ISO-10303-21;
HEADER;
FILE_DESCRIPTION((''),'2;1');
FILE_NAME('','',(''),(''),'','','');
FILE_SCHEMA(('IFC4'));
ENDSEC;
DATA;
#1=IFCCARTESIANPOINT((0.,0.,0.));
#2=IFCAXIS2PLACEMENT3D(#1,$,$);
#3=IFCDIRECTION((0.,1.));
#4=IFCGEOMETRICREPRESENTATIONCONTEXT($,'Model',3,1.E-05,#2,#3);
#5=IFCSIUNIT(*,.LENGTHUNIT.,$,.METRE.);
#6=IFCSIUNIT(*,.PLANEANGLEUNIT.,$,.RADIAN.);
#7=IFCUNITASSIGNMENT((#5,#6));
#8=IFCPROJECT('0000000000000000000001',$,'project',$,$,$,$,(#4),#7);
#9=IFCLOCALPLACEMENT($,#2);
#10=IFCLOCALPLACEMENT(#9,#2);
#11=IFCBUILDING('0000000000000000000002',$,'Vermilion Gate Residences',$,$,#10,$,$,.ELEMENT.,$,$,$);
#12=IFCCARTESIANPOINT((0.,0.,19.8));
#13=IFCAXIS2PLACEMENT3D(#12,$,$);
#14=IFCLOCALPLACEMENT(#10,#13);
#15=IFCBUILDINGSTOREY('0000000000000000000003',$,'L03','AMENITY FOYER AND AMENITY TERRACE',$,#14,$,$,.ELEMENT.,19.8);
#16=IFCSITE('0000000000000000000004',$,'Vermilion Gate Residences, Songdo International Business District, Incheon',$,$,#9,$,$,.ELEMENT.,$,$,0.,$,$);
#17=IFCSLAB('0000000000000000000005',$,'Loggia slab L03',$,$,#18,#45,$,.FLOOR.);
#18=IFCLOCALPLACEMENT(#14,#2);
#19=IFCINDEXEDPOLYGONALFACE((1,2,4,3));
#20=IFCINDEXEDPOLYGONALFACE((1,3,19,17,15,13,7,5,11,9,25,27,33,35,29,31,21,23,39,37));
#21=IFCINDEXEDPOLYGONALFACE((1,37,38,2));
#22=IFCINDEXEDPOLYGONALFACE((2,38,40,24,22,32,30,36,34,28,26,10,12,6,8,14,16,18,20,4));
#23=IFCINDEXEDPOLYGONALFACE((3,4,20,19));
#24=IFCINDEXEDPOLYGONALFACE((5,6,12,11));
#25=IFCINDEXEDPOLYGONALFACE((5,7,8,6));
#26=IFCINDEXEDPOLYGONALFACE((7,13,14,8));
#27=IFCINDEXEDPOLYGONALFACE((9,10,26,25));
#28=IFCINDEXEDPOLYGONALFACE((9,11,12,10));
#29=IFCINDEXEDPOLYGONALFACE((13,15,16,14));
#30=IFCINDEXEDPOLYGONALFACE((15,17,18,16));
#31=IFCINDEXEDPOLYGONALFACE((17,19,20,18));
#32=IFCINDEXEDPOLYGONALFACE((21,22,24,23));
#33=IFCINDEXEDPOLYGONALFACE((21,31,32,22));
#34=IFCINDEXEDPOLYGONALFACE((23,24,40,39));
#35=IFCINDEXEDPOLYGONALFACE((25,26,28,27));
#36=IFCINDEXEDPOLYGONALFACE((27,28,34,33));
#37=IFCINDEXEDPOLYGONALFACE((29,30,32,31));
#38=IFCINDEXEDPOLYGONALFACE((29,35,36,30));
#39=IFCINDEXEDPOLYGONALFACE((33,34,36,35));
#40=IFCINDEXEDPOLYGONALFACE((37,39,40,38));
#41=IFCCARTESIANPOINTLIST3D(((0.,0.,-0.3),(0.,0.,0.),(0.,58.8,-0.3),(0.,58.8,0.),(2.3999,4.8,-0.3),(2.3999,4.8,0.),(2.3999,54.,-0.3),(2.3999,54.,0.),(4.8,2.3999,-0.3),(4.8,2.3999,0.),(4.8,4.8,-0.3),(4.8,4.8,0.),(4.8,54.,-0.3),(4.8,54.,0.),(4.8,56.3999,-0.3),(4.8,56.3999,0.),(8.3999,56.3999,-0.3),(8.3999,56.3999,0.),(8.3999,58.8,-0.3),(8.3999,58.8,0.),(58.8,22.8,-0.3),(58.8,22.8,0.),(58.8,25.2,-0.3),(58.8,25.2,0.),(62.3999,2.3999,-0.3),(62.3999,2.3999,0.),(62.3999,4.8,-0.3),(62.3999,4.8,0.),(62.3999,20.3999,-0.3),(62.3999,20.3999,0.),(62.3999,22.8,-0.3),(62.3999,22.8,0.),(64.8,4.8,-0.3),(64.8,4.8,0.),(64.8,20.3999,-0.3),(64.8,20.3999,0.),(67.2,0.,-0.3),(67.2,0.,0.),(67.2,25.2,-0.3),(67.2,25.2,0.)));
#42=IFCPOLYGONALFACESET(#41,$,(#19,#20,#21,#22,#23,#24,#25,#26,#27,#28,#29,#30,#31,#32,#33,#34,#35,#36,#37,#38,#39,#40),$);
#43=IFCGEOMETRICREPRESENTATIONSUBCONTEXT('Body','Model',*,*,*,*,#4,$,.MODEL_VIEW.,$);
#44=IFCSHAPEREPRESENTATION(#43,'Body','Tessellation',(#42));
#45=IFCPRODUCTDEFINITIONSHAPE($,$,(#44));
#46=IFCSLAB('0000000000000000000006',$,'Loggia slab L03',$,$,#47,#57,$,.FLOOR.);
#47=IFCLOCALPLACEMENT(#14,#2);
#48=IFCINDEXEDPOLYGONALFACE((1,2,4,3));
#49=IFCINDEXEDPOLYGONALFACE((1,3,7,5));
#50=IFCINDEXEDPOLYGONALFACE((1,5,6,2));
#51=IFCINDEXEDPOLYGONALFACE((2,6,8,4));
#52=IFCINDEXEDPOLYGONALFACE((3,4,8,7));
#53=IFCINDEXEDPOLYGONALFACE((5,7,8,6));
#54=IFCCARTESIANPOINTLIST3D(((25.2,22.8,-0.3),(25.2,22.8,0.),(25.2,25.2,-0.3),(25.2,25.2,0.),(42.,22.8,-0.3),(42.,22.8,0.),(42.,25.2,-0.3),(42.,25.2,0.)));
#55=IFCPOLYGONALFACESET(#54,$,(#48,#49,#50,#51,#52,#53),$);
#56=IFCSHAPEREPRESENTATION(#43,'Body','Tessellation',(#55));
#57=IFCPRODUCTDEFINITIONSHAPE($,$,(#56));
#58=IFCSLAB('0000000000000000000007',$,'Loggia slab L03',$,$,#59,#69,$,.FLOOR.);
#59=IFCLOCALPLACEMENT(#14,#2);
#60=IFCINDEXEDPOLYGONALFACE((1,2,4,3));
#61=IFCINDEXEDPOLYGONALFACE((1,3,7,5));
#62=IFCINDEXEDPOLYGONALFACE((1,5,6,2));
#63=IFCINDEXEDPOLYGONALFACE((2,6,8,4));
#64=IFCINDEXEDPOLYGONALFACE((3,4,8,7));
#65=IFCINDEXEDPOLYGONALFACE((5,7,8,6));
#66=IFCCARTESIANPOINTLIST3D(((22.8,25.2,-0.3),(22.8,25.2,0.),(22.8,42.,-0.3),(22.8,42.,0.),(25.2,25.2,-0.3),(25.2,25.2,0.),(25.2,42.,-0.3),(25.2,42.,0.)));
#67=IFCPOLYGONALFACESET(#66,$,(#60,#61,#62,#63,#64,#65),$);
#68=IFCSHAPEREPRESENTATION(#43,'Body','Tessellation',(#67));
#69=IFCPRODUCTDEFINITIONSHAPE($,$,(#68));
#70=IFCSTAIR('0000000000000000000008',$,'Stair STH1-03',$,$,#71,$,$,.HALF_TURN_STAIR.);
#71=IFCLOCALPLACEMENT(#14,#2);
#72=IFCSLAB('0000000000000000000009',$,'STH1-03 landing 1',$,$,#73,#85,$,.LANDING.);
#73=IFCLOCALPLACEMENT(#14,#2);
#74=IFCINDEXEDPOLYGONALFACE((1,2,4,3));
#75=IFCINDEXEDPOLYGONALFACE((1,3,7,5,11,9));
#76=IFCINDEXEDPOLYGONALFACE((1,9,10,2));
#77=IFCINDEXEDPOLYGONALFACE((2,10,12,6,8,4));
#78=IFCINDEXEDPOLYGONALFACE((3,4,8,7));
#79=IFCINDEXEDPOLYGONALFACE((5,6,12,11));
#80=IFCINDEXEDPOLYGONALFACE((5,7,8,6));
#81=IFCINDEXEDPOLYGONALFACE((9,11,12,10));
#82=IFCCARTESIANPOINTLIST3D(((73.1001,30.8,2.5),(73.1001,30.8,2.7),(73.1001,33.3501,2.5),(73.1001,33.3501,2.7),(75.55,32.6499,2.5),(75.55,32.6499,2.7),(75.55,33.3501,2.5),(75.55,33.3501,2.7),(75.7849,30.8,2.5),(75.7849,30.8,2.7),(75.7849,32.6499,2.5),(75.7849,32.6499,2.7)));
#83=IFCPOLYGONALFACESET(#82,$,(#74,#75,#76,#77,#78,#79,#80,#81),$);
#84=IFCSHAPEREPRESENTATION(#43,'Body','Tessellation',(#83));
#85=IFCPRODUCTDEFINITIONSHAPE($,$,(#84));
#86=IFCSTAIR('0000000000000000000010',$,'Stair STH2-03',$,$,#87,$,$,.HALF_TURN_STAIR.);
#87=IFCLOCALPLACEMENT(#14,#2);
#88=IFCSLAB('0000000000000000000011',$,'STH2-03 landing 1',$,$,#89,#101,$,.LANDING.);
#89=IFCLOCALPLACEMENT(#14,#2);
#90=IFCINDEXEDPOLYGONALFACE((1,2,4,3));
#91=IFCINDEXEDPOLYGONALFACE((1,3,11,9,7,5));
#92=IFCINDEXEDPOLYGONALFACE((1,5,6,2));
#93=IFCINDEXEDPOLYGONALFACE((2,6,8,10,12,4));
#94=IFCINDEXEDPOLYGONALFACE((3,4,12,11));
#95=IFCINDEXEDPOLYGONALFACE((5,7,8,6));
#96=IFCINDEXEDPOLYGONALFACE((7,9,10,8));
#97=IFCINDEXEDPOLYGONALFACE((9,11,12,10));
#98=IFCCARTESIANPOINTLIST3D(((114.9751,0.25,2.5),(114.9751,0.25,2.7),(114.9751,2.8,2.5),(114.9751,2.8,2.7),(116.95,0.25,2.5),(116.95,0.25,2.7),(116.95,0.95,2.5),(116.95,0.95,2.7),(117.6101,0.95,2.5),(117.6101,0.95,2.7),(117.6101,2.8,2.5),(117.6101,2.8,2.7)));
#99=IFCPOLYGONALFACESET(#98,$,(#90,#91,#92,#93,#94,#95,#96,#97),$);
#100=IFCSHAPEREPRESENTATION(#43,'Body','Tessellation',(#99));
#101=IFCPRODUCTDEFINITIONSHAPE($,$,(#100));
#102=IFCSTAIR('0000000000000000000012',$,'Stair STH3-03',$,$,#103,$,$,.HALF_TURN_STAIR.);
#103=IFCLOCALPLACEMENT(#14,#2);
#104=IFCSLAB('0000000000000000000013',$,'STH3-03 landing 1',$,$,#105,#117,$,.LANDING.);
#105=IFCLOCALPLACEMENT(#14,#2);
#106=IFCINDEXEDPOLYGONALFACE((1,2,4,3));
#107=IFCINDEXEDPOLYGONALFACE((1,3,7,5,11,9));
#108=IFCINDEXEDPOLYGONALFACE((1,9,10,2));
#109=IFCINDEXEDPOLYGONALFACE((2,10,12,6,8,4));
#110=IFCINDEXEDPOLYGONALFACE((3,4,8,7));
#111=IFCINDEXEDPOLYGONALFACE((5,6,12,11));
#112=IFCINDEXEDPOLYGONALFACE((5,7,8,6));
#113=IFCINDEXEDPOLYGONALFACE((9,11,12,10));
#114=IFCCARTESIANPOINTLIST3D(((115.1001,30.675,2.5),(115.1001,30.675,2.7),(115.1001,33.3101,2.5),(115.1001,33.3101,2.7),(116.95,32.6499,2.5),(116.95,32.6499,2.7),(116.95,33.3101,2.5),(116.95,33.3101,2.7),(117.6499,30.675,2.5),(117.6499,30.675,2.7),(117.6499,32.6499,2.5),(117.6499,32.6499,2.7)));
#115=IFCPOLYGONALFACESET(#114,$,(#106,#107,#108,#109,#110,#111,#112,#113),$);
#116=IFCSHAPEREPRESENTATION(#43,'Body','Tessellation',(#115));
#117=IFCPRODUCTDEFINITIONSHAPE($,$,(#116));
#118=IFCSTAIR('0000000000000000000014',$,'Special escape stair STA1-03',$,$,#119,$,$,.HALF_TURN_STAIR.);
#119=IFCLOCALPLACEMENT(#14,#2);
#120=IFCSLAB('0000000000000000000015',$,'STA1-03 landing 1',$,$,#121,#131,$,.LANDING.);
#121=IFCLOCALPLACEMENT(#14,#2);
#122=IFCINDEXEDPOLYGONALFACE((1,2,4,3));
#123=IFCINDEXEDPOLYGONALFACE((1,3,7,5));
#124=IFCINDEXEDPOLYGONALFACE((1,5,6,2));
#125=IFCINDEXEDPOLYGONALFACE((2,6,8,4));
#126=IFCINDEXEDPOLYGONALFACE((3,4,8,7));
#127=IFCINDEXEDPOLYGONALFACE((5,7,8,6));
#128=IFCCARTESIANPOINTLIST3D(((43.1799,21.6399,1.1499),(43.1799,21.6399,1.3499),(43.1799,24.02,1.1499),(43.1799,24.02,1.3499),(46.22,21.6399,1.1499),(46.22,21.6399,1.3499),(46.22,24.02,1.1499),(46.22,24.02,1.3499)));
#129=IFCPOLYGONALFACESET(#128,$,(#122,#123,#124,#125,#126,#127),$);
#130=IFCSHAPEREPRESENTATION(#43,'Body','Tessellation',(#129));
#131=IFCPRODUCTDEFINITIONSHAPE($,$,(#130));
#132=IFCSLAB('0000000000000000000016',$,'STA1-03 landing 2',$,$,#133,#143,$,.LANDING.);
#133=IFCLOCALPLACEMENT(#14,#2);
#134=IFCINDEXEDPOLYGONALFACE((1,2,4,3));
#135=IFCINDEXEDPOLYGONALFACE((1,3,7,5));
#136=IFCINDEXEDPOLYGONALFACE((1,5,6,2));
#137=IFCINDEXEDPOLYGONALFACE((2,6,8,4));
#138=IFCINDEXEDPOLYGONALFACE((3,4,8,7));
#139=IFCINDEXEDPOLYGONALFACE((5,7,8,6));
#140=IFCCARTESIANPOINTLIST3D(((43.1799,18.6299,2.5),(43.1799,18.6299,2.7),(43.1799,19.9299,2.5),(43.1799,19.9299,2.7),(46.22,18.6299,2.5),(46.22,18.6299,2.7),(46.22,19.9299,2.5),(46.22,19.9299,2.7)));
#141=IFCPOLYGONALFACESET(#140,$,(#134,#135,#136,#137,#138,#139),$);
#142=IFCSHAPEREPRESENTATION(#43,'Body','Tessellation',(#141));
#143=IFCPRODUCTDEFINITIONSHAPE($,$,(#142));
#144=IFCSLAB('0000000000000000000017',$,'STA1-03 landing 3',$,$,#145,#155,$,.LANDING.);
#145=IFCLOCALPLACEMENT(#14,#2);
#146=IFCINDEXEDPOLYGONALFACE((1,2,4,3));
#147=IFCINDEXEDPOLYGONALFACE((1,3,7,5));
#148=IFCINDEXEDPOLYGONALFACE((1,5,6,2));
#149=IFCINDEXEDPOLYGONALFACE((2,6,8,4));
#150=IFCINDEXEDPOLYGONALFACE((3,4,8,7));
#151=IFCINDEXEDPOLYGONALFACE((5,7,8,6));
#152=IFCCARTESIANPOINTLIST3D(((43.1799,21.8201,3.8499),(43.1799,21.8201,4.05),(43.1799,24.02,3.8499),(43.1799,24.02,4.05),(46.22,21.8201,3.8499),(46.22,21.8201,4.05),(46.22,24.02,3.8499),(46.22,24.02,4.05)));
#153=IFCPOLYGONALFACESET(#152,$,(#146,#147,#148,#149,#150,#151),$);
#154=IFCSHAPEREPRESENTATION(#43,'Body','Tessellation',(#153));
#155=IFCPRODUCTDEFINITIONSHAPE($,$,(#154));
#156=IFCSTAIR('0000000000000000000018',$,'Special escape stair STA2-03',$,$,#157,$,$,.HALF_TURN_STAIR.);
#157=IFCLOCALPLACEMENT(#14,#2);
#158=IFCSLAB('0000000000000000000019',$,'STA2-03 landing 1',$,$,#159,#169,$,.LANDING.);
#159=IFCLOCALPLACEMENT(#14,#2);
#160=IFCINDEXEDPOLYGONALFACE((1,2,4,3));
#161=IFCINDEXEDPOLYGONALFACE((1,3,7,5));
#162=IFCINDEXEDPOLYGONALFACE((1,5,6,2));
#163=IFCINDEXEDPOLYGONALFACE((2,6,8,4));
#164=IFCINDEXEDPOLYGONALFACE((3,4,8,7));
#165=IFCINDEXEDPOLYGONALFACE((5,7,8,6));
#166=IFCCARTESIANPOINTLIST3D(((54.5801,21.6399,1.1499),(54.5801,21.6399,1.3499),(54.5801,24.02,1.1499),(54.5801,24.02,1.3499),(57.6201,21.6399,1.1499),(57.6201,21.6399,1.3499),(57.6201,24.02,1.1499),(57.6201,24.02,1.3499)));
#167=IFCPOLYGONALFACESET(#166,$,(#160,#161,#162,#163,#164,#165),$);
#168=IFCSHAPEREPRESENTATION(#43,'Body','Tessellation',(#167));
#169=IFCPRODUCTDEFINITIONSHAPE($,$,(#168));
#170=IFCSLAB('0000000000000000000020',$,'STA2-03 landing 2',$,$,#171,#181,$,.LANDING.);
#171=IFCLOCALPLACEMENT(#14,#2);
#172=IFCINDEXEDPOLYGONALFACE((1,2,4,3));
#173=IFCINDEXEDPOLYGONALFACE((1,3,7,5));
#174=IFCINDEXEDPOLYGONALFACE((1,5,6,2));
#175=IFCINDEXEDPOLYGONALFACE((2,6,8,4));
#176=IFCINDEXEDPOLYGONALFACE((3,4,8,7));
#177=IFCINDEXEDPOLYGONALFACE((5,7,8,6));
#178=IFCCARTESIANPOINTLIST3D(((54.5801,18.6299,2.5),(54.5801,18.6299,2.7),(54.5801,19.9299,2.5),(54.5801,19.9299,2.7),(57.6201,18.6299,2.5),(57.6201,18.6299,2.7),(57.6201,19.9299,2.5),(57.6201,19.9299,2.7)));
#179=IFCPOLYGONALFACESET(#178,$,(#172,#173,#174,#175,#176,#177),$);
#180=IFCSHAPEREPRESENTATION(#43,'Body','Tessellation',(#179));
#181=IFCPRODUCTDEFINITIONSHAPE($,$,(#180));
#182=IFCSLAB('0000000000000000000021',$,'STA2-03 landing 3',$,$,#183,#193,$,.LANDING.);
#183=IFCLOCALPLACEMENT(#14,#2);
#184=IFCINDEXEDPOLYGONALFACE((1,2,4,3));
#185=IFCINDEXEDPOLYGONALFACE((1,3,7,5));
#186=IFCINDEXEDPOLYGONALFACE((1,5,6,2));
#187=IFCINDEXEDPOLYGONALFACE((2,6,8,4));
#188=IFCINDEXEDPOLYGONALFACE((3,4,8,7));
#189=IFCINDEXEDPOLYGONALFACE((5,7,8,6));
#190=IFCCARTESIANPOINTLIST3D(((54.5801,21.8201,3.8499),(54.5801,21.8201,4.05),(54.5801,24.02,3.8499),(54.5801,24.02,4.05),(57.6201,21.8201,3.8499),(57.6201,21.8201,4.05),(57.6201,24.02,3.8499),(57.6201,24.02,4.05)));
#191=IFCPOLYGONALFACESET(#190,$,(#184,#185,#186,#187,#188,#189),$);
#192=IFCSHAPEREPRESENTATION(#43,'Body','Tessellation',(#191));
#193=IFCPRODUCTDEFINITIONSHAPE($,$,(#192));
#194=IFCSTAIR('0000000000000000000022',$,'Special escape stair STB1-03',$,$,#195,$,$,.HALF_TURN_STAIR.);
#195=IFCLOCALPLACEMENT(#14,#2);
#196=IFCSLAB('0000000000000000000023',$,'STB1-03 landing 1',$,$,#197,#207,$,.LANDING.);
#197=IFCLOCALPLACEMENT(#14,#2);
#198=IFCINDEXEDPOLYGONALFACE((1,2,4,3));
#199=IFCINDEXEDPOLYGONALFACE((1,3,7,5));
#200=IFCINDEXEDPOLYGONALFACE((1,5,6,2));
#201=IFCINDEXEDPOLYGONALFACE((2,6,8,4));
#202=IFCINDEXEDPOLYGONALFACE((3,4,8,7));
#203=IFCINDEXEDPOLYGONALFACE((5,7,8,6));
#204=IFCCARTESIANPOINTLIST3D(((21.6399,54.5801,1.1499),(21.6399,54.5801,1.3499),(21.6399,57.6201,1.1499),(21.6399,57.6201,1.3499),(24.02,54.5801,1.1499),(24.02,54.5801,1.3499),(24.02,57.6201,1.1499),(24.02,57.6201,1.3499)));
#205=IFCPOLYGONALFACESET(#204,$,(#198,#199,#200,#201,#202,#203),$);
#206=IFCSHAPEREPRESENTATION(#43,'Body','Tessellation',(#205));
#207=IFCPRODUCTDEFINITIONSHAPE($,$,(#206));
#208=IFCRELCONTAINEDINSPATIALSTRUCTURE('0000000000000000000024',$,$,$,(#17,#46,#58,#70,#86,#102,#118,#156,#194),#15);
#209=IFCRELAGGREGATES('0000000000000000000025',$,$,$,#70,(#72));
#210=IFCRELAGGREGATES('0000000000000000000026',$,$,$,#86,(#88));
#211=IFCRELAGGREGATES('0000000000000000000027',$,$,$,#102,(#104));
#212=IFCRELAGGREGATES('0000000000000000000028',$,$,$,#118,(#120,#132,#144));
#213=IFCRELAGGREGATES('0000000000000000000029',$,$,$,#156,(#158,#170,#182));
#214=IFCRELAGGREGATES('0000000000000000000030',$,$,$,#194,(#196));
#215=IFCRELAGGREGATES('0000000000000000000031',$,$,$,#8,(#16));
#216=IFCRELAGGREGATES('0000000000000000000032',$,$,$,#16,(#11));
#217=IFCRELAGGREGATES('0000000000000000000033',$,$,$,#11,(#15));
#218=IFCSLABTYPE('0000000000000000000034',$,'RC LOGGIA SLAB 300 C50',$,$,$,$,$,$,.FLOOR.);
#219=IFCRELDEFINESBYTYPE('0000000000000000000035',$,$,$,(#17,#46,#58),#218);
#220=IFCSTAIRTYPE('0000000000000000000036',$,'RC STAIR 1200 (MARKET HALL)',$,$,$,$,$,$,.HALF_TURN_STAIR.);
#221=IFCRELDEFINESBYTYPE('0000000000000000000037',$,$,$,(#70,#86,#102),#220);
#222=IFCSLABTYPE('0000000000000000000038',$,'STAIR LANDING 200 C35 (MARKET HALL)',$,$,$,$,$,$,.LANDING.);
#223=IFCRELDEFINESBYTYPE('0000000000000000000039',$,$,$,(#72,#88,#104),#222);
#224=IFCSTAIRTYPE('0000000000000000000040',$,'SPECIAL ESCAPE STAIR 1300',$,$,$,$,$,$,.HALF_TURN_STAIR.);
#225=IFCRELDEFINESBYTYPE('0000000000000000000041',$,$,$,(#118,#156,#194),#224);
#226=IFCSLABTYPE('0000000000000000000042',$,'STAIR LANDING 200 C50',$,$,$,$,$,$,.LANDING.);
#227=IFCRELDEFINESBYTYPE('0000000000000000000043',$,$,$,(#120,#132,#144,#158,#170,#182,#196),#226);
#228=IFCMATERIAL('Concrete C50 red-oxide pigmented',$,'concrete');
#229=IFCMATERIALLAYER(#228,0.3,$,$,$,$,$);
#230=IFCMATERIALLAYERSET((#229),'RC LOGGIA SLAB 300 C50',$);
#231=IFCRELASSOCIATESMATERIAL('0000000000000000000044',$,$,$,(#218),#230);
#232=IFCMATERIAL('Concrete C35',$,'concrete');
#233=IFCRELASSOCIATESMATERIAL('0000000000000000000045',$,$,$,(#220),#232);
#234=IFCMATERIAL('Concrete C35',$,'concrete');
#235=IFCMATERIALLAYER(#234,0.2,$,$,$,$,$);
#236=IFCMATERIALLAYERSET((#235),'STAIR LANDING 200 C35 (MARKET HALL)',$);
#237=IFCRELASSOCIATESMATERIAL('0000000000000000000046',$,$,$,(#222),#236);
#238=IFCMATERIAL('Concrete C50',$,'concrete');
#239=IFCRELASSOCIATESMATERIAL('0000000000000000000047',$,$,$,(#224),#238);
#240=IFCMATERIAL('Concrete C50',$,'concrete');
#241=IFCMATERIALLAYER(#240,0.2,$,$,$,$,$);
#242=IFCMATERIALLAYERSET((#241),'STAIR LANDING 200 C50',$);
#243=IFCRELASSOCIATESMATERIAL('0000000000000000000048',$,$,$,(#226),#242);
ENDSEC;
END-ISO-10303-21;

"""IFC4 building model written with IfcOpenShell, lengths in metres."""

from ifc_helpers import new_model, si_unit, direction, frame, origin, place, context, subcontext, project, spatial, polyline, outline, extrude, material, layer, layer_set, type_object, element, aggregate, save


model = new_model("IFC4")

# Units and contexts
model_context = context("Model", 3, precision=1e-05, world=origin(), true_north=direction((0.0, 1.0)))
body_context = subcontext(model_context, "Body", "Model", "MODEL_VIEW")
ifc_project = project(units=[si_unit("LENGTHUNIT", "METRE"), si_unit("PLANEANGLEUNIT", "RADIAN")], contexts=[model_context])

# Site, building, storey
site_placement = place(None, origin())
site = spatial("IfcSite", under=ifc_project, at=site_placement, Name="Vermilion Gate Residences, Songdo International Business District, Incheon", CompositionType="ELEMENT", RefElevation=0.0)
building_placement = place(site_placement, origin())
building = spatial("IfcBuilding", under=site, at=building_placement, Name="Vermilion Gate Residences", CompositionType="ELEMENT")
storey_placement = place(building_placement, frame((0.0, 0.0, 19.8)))
storey = spatial("IfcBuildingStorey", under=building, at=storey_placement, Name="L03", Description="AMENITY FOYER AND AMENITY TERRACE", CompositionType="ELEMENT", Elevation=19.8)

# Slabs
ifc_material_1 = material(Name="Concrete C50 red-oxide pigmented", Category="concrete")
ifc_layer_1 = layer(ifc_material_1, 0.3)
ifc_layer_set_1 = layer_set([ifc_layer_1], Name="RC LOGGIA SLAB 300 C50")
slab_type_1 = type_object("IfcSlabType", Name="RC LOGGIA SLAB 300 C50", PredefinedType="FLOOR", material=ifc_layer_set_1)
slab_1_placement = place(storey_placement, frame((0.0, 0.0, -0.3)))
element("IfcSlab", 1, at=slab_1_placement, inside=storey, type_object=slab_type_1, Name="Loggia slab L03", PredefinedType="FLOOR", context=body_context, shape_type="SweptSolid", body=[
    extrude(outline(polyline([(0.0, 58.8), (0.0, 0.0), (67.2, 0.0), (67.2, 25.2), (58.8, 25.2), (58.8, 22.8), (62.3999, 22.8), (62.3999, 20.3999), (64.8, 20.3999), (64.8, 4.8), (62.3999, 4.8), (62.3999, 2.3999), (4.8, 2.3999), (4.8, 4.8), (2.3999, 4.8), (2.3999, 54.0), (4.8, 54.0), (4.8, 56.3999), (8.3999, 56.3999), (8.3999, 58.8), (0.0, 58.8)])), origin(), (0.0, 0.0, 1.0), 0.3),
])
slab_2_placement = place(storey_placement, frame((0.0, 0.0, -0.3)))
element("IfcSlab", 2, at=slab_2_placement, inside=storey, type_object=slab_type_1, Name="Loggia slab L03", PredefinedType="FLOOR", context=body_context, shape_type="SweptSolid", body=[
    extrude(outline(polyline([(25.2, 22.8), (42.0, 22.8), (42.0, 25.2), (25.2, 25.2), (25.2, 22.8)])), origin(), (0.0, 0.0, 1.0), 0.3),
])
slab_3_placement = place(storey_placement, frame((0.0, 0.0, -0.3)))
element("IfcSlab", 3, at=slab_3_placement, inside=storey, type_object=slab_type_1, Name="Loggia slab L03", PredefinedType="FLOOR", context=body_context, shape_type="SweptSolid", body=[
    extrude(outline(polyline([(22.8, 42.0), (22.8, 25.2), (25.2, 25.2), (25.2, 42.0), (22.8, 42.0)])), origin(), (0.0, 0.0, 1.0), 0.3),
])

# Stairs, slabs
ifc_material_2 = material(Name="Concrete C35", Category="concrete")
stair_type_1 = type_object("IfcStairType", Name="RC STAIR 1200 (MARKET HALL)", PredefinedType="HALF_TURN_STAIR", material=ifc_material_2)
stair_1_placement = place(storey_placement, origin())
stair_1 = element("IfcStair", 4, at=stair_1_placement, inside=storey, type_object=stair_type_1, Name="Stair STH1-03", PredefinedType="HALF_TURN_STAIR")
ifc_material_3 = material(Name="Concrete C35", Category="concrete")
ifc_layer_2 = layer(ifc_material_3, 0.2)
ifc_layer_set_2 = layer_set([ifc_layer_2], Name="STAIR LANDING 200 C35 (MARKET HALL)")
slab_type_2 = type_object("IfcSlabType", Name="STAIR LANDING 200 C35 (MARKET HALL)", PredefinedType="LANDING", material=ifc_layer_set_2)
slab_4_placement = place(storey_placement, frame((0.0, 0.0, 2.5)))
slab_4 = element("IfcSlab", 5, at=slab_4_placement, type_object=slab_type_2, Name="STH1-03 landing 1", PredefinedType="LANDING", context=body_context, shape_type="SweptSolid", body=[
    extrude(outline(polyline([(75.55, 33.3501), (73.1001, 33.3501), (73.1001, 30.8), (75.7849, 30.8), (75.7849, 32.6499), (75.55, 32.6499), (75.55, 33.3501)])), origin(), (0.0, 0.0, 1.0), 0.2),
])
aggregate(stair_1, [slab_4])
stair_2_placement = place(storey_placement, origin())
stair_2 = element("IfcStair", 6, at=stair_2_placement, inside=storey, type_object=stair_type_1, Name="Stair STH2-03", PredefinedType="HALF_TURN_STAIR")
slab_5_placement = place(storey_placement, frame((0.0, 0.0, 2.5)))
slab_5 = element("IfcSlab", 7, at=slab_5_placement, type_object=slab_type_2, Name="STH2-03 landing 1", PredefinedType="LANDING", context=body_context, shape_type="SweptSolid", body=[
    extrude(outline(polyline([(114.9751, 0.25), (116.95, 0.25), (116.95, 0.95), (117.6101, 0.95), (117.6101, 2.8), (114.9751, 2.8), (114.9751, 0.25)])), origin(), (0.0, 0.0, 1.0), 0.2),
])
aggregate(stair_2, [slab_5])
stair_3_placement = place(storey_placement, origin())
stair_3 = element("IfcStair", 8, at=stair_3_placement, inside=storey, type_object=stair_type_1, Name="Stair STH3-03", PredefinedType="HALF_TURN_STAIR")
slab_6_placement = place(storey_placement, frame((0.0, 0.0, 2.5)))
slab_6 = element("IfcSlab", 9, at=slab_6_placement, type_object=slab_type_2, Name="STH3-03 landing 1", PredefinedType="LANDING", context=body_context, shape_type="SweptSolid", body=[
    extrude(outline(polyline([(116.95, 33.3101), (115.1001, 33.3101), (115.1001, 30.675), (117.6499, 30.675), (117.6499, 32.6499), (116.95, 32.6499), (116.95, 33.3101)])), origin(), (0.0, 0.0, 1.0), 0.2),
])
aggregate(stair_3, [slab_6])

# Stairs, slabs
ifc_material_4 = material(Name="Concrete C50", Category="concrete")
stair_type_2 = type_object("IfcStairType", Name="SPECIAL ESCAPE STAIR 1300", PredefinedType="HALF_TURN_STAIR", material=ifc_material_4)
stair_4_placement = place(storey_placement, origin())
stair_4 = element("IfcStair", 10, at=stair_4_placement, inside=storey, type_object=stair_type_2, Name="Special escape stair STA1-03", PredefinedType="HALF_TURN_STAIR")
ifc_material_5 = material(Name="Concrete C50", Category="concrete")
ifc_layer_3 = layer(ifc_material_5, 0.2)
ifc_layer_set_3 = layer_set([ifc_layer_3], Name="STAIR LANDING 200 C50")
slab_type_3 = type_object("IfcSlabType", Name="STAIR LANDING 200 C50", PredefinedType="LANDING", material=ifc_layer_set_3)
slab_7_placement = place(storey_placement, frame((0.0, 0.0, 1.1499)))
slab_7 = element("IfcSlab", 11, at=slab_7_placement, type_object=slab_type_3, Name="STA1-03 landing 1", PredefinedType="LANDING", context=body_context, shape_type="SweptSolid", body=[
    extrude(outline(polyline([(46.22, 21.6399), (46.22, 24.02), (43.1799, 24.02), (43.1799, 21.6399), (46.22, 21.6399)])), origin(), (0.0, 0.0, 1.0), 0.2),
])
slab_8_placement = place(storey_placement, frame((0.0, 0.0, 2.5)))
slab_8 = element("IfcSlab", 12, at=slab_8_placement, type_object=slab_type_3, Name="STA1-03 landing 2", PredefinedType="LANDING", context=body_context, shape_type="SweptSolid", body=[
    extrude(outline(polyline([(46.22, 18.6299), (46.22, 19.9299), (43.1799, 19.9299), (43.1799, 18.6299), (46.22, 18.6299)])), origin(), (0.0, 0.0, 1.0), 0.2),
])
slab_9_placement = place(storey_placement, frame((0.0, 0.0, 3.8499)))
slab_9 = element("IfcSlab", 13, at=slab_9_placement, type_object=slab_type_3, Name="STA1-03 landing 3", PredefinedType="LANDING", context=body_context, shape_type="SweptSolid", body=[
    extrude(outline(polyline([(46.22, 21.8201), (46.22, 24.02), (43.1799, 24.02), (43.1799, 21.8201), (46.22, 21.8201)])), origin(), (0.0, 0.0, 1.0), 0.2002),
])
aggregate(stair_4, [slab_7, slab_8, slab_9])
stair_5_placement = place(storey_placement, origin())
stair_5 = element("IfcStair", 14, at=stair_5_placement, inside=storey, type_object=stair_type_2, Name="Special escape stair STA2-03", PredefinedType="HALF_TURN_STAIR")
slab_10_placement = place(storey_placement, frame((0.0, 0.0, 1.1499)))
slab_10 = element("IfcSlab", 15, at=slab_10_placement, type_object=slab_type_3, Name="STA2-03 landing 1", PredefinedType="LANDING", context=body_context, shape_type="SweptSolid", body=[
    extrude(outline(polyline([(57.6201, 21.6399), (57.6201, 24.02), (54.5801, 24.02), (54.5801, 21.6399), (57.6201, 21.6399)])), origin(), (0.0, 0.0, 1.0), 0.2),
])
slab_11_placement = place(storey_placement, frame((0.0, 0.0, 2.5)))
slab_11 = element("IfcSlab", 16, at=slab_11_placement, type_object=slab_type_3, Name="STA2-03 landing 2", PredefinedType="LANDING", context=body_context, shape_type="SweptSolid", body=[
    extrude(outline(polyline([(57.6201, 18.6299), (57.6201, 19.9299), (54.5801, 19.9299), (54.5801, 18.6299), (57.6201, 18.6299)])), origin(), (0.0, 0.0, 1.0), 0.2),
])
slab_12_placement = place(storey_placement, frame((0.0, 0.0, 3.8499)))
slab_12 = element("IfcSlab", 17, at=slab_12_placement, type_object=slab_type_3, Name="STA2-03 landing 3", PredefinedType="LANDING", context=body_context, shape_type="SweptSolid", body=[
    extrude(outline(polyline([(57.6201, 21.8201), (57.6201, 24.02), (54.5801, 24.02), (54.5801, 21.8201), (57.6201, 21.8201)])), origin(), (0.0, 0.0, 1.0), 0.2002),
])
aggregate(stair_5, [slab_10, slab_11, slab_12])
stair_6_placement = place(storey_placement, origin())
stair_6 = element("IfcStair", 18, at=stair_6_placement, inside=storey, type_object=stair_type_2, Name="Special escape stair STB1-03", PredefinedType="HALF_TURN_STAIR")
slab_13_placement = place(storey_placement, frame((0.0, 0.0, 1.1499)))
slab_13 = element("IfcSlab", 19, at=slab_13_placement, type_object=slab_type_3, Name="STB1-03 landing 1", PredefinedType="LANDING", context=body_context, shape_type="SweptSolid", body=[
    extrude(outline(polyline([(24.02, 54.5801), (24.02, 57.6201), (21.6399, 57.6201), (21.6399, 54.5801), (24.02, 54.5801)])), origin(), (0.0, 0.0, 1.0), 0.2),
])
aggregate(stair_6, [slab_13])

save(model, "model.ifc")
